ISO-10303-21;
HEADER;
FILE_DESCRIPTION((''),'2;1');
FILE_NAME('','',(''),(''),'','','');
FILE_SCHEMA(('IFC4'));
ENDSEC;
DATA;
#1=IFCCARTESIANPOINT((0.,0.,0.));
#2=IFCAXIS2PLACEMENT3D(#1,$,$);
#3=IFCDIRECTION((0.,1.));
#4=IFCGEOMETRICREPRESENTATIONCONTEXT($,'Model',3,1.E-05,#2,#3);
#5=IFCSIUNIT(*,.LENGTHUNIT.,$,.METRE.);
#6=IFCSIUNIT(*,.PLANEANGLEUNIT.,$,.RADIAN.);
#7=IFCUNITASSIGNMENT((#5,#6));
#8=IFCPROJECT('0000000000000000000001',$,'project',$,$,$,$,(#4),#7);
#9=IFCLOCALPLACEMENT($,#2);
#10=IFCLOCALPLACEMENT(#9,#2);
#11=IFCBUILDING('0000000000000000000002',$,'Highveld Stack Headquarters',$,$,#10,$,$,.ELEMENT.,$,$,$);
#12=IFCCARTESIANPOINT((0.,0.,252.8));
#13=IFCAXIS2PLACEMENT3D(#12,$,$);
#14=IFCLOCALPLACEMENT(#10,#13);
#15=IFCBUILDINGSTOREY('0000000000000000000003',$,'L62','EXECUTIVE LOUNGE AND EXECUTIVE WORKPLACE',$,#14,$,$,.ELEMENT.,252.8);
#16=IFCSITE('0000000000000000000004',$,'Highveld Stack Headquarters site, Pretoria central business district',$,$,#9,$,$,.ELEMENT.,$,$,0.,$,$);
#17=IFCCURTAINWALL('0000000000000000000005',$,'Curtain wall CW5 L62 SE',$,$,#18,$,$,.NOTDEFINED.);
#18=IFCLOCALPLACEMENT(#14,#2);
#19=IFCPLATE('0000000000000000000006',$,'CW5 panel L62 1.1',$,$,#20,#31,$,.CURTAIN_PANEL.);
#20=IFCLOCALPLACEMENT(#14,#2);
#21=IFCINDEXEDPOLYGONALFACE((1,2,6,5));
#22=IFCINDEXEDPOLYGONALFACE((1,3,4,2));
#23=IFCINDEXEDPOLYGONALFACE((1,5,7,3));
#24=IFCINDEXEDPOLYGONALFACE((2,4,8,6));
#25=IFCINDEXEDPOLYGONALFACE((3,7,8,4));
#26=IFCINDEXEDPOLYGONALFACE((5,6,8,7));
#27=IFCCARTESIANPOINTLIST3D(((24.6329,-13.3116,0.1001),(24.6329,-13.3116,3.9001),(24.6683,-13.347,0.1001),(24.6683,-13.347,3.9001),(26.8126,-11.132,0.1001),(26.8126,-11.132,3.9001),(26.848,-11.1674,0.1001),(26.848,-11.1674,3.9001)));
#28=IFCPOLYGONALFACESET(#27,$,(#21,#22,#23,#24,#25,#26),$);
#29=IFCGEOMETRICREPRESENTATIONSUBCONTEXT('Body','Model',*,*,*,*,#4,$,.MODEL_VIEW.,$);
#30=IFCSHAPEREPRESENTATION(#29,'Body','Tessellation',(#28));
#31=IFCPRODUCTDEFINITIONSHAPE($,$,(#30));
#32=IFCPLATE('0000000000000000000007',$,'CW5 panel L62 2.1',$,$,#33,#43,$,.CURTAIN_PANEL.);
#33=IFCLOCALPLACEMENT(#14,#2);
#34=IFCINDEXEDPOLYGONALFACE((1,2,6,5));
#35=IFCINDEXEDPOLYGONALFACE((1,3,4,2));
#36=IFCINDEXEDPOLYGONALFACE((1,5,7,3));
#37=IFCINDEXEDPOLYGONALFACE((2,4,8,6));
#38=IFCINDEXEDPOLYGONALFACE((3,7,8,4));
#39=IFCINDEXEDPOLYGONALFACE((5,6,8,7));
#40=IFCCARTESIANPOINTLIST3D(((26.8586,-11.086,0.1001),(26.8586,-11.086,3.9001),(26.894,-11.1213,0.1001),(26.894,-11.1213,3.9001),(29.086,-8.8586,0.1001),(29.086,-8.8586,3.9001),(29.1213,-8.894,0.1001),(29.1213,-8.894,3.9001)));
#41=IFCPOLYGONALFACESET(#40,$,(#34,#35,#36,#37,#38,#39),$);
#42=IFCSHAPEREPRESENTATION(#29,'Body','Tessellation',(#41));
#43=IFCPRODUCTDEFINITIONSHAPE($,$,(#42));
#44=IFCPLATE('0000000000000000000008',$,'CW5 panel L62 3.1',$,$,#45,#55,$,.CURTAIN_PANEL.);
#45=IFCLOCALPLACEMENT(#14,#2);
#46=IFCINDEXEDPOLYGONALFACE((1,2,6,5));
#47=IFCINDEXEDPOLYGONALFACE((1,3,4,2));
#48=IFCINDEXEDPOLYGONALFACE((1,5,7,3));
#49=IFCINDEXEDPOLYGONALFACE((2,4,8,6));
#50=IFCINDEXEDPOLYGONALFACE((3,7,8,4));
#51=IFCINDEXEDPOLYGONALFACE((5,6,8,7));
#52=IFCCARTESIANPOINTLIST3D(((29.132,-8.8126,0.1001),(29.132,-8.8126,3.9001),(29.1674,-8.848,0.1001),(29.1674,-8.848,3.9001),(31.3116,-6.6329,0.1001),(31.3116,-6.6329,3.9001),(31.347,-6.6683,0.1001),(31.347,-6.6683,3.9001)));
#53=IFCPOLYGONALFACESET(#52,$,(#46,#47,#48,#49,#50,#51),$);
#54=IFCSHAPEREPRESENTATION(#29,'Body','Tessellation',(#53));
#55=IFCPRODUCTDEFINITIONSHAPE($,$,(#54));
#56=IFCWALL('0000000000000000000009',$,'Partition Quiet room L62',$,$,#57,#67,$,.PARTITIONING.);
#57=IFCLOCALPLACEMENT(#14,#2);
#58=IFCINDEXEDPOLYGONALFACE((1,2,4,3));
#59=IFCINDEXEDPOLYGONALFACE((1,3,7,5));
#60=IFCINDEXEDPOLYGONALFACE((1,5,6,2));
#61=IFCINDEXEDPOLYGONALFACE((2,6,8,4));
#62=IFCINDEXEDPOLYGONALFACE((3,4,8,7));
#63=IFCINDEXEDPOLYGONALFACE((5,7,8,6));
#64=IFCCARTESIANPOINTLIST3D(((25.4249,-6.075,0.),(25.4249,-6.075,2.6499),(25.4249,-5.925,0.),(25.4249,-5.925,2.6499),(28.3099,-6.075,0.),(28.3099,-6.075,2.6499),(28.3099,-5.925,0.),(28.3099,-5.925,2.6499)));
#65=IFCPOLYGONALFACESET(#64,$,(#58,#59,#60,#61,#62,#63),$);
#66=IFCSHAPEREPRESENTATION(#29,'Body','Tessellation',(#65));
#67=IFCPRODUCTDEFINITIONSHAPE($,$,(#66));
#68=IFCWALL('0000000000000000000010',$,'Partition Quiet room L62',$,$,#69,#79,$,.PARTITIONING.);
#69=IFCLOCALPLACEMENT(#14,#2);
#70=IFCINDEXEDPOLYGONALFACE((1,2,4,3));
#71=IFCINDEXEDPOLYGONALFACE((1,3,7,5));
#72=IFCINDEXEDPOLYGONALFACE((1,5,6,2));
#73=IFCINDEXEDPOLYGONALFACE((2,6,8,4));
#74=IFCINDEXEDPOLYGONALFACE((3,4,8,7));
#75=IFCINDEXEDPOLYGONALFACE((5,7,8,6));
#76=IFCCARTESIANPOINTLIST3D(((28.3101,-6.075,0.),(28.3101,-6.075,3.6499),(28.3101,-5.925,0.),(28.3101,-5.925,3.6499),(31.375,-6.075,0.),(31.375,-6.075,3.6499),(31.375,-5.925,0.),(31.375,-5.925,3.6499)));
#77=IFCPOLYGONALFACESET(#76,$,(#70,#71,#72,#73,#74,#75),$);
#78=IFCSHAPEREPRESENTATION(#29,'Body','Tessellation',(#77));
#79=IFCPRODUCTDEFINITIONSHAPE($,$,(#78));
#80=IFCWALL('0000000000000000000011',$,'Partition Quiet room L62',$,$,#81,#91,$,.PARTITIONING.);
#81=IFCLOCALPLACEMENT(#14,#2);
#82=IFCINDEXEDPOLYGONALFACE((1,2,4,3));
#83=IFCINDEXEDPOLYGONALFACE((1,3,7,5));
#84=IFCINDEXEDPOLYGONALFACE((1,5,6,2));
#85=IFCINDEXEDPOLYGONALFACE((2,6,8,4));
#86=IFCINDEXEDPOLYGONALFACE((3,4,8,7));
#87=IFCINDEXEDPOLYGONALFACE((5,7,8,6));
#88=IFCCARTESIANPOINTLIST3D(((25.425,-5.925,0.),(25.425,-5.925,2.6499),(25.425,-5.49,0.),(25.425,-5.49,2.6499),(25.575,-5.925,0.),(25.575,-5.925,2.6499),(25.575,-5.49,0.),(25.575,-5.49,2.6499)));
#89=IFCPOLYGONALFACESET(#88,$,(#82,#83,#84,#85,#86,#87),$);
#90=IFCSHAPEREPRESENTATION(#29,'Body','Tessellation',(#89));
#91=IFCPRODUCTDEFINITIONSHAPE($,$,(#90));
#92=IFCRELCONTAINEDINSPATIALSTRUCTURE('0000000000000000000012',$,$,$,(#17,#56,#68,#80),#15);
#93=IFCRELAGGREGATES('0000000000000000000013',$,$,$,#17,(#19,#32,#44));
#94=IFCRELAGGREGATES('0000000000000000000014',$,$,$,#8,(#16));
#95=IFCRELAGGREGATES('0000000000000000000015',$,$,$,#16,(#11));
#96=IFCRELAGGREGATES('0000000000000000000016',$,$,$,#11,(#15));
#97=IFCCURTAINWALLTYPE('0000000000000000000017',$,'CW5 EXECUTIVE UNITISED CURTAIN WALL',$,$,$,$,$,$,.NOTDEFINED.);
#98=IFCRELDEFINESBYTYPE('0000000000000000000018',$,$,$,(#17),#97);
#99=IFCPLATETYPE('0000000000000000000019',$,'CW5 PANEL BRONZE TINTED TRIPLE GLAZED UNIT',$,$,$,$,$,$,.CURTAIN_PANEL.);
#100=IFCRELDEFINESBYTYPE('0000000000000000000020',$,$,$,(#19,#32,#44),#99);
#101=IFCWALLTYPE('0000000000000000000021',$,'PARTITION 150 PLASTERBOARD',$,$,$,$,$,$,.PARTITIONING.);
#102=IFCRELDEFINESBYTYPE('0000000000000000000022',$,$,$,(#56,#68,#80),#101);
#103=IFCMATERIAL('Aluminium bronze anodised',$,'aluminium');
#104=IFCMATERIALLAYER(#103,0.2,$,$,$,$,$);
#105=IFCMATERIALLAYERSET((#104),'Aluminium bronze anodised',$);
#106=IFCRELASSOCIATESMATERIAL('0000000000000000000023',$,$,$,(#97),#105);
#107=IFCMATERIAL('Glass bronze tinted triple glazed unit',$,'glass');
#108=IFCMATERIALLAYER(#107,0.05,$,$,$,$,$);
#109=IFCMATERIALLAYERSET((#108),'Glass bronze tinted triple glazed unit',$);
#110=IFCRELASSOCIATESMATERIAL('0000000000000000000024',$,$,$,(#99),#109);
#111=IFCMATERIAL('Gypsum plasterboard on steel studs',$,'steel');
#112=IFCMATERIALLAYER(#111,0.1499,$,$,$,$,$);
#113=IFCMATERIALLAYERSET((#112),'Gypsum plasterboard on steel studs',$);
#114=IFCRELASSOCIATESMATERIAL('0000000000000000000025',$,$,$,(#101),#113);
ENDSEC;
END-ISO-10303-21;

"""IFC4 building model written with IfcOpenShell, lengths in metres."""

from ifc_helpers import new_model, si_unit, direction, frame, frame_2d, origin, origin_2d, place, context, subcontext, project, spatial, rectangle, extrude, material, layer, layer_set, type_object, element, aggregate, save


model = new_model("IFC4")

# Units and contexts
model_context = context("Model", 3, precision=1e-05, world=origin(), true_north=direction((0.0, 1.0)))
body_context = subcontext(model_context, "Body", "Model", "MODEL_VIEW")
ifc_project = project(units=[si_unit("LENGTHUNIT", "METRE"), si_unit("PLANEANGLEUNIT", "RADIAN")], contexts=[model_context])

# Site, building, storey
site_placement = place(None, origin())
site = spatial("IfcSite", under=ifc_project, at=site_placement, Name="Highveld Stack Headquarters site, Pretoria central business district", CompositionType="ELEMENT", RefElevation=0.0)
building_placement = place(site_placement, origin())
building = spatial("IfcBuilding", under=site, at=building_placement, Name="Highveld Stack Headquarters", CompositionType="ELEMENT")
storey_placement = place(building_placement, frame((0.0, 0.0, 252.8)))
storey = spatial("IfcBuildingStorey", under=building, at=storey_placement, Name="L62", Description="EXECUTIVE LOUNGE AND EXECUTIVE WORKPLACE", CompositionType="ELEMENT", Elevation=252.8)

# Shared definitions
ifc_material_1 = material(Name="Aluminium bronze anodised", Category="aluminium")
ifc_layer_1 = layer(ifc_material_1, 0.2)
ifc_layer_set_1 = layer_set([ifc_layer_1], Name="Aluminium bronze anodised")
curtain_wall_type = type_object("IfcCurtainWallType", Name="CW5 EXECUTIVE UNITISED CURTAIN WALL", PredefinedType="NOTDEFINED", material=ifc_layer_set_1)

# Curtain wall
curtain_wall_1_placement = place(storey_placement, origin())
curtain_wall_1 = element("IfcCurtainWall", 1, at=curtain_wall_1_placement, inside=storey, type_object=curtain_wall_type, Name="Curtain wall CW5 L62 SE", PredefinedType="NOTDEFINED")

# Plates
ifc_material_2 = material(Name="Glass bronze tinted triple glazed unit", Category="glass")
ifc_layer_2 = layer(ifc_material_2, 0.05)
ifc_layer_set_2 = layer_set([ifc_layer_2], Name="Glass bronze tinted triple glazed unit")
plate_type = type_object("IfcPlateType", Name="CW5 PANEL BRONZE TINTED TRIPLE GLAZED UNIT", PredefinedType="CURTAIN_PANEL", material=ifc_layer_set_2)
plate_1_placement = place(storey_placement, frame((25.7405, -12.2395, 0.1001), z_axis=(0.0, 0.0, 1.0), x_axis=(0.707107, 0.707107, 0.0)))
plate_1 = element("IfcPlate", 2, at=plate_1_placement, type_object=plate_type, Name="CW5 panel L62 1.1", PredefinedType="CURTAIN_PANEL", context=body_context, shape_type="SweptSolid", body=[
    extrude(rectangle(XDim=3.0825, YDim=0.05, at=origin_2d()), origin(), (0.0, 0.0, 1.0), 3.8),
])
plate_2_placement = place(storey_placement, frame((27.99, -9.99, 0.1001), z_axis=(0.0, 0.0, 1.0), x_axis=(0.707107, 0.707107, 0.0)))
plate_2 = element("IfcPlate", 3, at=plate_2_placement, type_object=plate_type, Name="CW5 panel L62 2.1", PredefinedType="CURTAIN_PANEL", context=body_context, shape_type="SweptSolid", body=[
    extrude(rectangle(XDim=3.1499, YDim=0.05, at=origin_2d()), origin(), (0.0, 0.0, 1.0), 3.8),
])
plate_3_placement = place(storey_placement, frame((30.2395, -7.7405, 0.1001), z_axis=(0.0, 0.0, 1.0), x_axis=(0.707107, 0.707107, 0.0)))
plate_3 = element("IfcPlate", 4, at=plate_3_placement, type_object=plate_type, Name="CW5 panel L62 3.1", PredefinedType="CURTAIN_PANEL", context=body_context, shape_type="SweptSolid", body=[
    extrude(rectangle(XDim=3.0825, YDim=0.05, at=origin_2d()), origin(), (0.0, 0.0, 1.0), 3.8),
])
aggregate(curtain_wall_1, [plate_1, plate_2, plate_3])

# Walls
ifc_material_3 = material(Name="Gypsum plasterboard on steel studs", Category="steel")
ifc_layer_3 = layer(ifc_material_3, 0.1499)
ifc_layer_set_3 = layer_set([ifc_layer_3], Name="Gypsum plasterboard on steel studs")
wall_type = type_object("IfcWallType", Name="PARTITION 150 PLASTERBOARD", PredefinedType="PARTITIONING", material=ifc_layer_set_3)
wall_1_placement = place(storey_placement, frame((25.425, -6.0, 0.0), z_axis=(0.0, 0.0, 1.0), x_axis=(1.0, 0.0, 0.0)))
element("IfcWall", 5, at=wall_1_placement, inside=storey, type_object=wall_type, Name="Partition Quiet room L62", PredefinedType="PARTITIONING", context=body_context, shape_type="SweptSolid", body=[
    extrude(rectangle(XDim=2.885, YDim=0.1499, at=frame_2d((1.4424, 0.0))), origin(), (0.0, 0.0, 1.0), 2.6499),
])
wall_2_placement = place(storey_placement, frame((28.3101, -6.0, 0.0), z_axis=(0.0, 0.0, 1.0), x_axis=(1.0, 0.0, 0.0)))
element("IfcWall", 6, at=wall_2_placement, inside=storey, type_object=wall_type, Name="Partition Quiet room L62", PredefinedType="PARTITIONING", context=body_context, shape_type="SweptSolid", body=[
    extrude(rectangle(XDim=3.0649, YDim=0.1499, at=frame_2d((1.5325, 0.0))), origin(), (0.0, 0.0, 1.0), 3.6499),
])
wall_3_placement = place(storey_placement, frame((25.5, -5.925, 0.0), z_axis=(0.0, 0.0, 1.0), x_axis=(0.0, 1.0, 0.0)))
element("IfcWall", 7, at=wall_3_placement, inside=storey, type_object=wall_type, Name="Partition Quiet room L62", PredefinedType="PARTITIONING", context=body_context, shape_type="SweptSolid", body=[
    extrude(rectangle(XDim=0.4351, YDim=0.1499, at=frame_2d((0.2175, 0.0))), origin(), (0.0, 0.0, 1.0), 2.6499),
])

save(model, "model.ifc")
